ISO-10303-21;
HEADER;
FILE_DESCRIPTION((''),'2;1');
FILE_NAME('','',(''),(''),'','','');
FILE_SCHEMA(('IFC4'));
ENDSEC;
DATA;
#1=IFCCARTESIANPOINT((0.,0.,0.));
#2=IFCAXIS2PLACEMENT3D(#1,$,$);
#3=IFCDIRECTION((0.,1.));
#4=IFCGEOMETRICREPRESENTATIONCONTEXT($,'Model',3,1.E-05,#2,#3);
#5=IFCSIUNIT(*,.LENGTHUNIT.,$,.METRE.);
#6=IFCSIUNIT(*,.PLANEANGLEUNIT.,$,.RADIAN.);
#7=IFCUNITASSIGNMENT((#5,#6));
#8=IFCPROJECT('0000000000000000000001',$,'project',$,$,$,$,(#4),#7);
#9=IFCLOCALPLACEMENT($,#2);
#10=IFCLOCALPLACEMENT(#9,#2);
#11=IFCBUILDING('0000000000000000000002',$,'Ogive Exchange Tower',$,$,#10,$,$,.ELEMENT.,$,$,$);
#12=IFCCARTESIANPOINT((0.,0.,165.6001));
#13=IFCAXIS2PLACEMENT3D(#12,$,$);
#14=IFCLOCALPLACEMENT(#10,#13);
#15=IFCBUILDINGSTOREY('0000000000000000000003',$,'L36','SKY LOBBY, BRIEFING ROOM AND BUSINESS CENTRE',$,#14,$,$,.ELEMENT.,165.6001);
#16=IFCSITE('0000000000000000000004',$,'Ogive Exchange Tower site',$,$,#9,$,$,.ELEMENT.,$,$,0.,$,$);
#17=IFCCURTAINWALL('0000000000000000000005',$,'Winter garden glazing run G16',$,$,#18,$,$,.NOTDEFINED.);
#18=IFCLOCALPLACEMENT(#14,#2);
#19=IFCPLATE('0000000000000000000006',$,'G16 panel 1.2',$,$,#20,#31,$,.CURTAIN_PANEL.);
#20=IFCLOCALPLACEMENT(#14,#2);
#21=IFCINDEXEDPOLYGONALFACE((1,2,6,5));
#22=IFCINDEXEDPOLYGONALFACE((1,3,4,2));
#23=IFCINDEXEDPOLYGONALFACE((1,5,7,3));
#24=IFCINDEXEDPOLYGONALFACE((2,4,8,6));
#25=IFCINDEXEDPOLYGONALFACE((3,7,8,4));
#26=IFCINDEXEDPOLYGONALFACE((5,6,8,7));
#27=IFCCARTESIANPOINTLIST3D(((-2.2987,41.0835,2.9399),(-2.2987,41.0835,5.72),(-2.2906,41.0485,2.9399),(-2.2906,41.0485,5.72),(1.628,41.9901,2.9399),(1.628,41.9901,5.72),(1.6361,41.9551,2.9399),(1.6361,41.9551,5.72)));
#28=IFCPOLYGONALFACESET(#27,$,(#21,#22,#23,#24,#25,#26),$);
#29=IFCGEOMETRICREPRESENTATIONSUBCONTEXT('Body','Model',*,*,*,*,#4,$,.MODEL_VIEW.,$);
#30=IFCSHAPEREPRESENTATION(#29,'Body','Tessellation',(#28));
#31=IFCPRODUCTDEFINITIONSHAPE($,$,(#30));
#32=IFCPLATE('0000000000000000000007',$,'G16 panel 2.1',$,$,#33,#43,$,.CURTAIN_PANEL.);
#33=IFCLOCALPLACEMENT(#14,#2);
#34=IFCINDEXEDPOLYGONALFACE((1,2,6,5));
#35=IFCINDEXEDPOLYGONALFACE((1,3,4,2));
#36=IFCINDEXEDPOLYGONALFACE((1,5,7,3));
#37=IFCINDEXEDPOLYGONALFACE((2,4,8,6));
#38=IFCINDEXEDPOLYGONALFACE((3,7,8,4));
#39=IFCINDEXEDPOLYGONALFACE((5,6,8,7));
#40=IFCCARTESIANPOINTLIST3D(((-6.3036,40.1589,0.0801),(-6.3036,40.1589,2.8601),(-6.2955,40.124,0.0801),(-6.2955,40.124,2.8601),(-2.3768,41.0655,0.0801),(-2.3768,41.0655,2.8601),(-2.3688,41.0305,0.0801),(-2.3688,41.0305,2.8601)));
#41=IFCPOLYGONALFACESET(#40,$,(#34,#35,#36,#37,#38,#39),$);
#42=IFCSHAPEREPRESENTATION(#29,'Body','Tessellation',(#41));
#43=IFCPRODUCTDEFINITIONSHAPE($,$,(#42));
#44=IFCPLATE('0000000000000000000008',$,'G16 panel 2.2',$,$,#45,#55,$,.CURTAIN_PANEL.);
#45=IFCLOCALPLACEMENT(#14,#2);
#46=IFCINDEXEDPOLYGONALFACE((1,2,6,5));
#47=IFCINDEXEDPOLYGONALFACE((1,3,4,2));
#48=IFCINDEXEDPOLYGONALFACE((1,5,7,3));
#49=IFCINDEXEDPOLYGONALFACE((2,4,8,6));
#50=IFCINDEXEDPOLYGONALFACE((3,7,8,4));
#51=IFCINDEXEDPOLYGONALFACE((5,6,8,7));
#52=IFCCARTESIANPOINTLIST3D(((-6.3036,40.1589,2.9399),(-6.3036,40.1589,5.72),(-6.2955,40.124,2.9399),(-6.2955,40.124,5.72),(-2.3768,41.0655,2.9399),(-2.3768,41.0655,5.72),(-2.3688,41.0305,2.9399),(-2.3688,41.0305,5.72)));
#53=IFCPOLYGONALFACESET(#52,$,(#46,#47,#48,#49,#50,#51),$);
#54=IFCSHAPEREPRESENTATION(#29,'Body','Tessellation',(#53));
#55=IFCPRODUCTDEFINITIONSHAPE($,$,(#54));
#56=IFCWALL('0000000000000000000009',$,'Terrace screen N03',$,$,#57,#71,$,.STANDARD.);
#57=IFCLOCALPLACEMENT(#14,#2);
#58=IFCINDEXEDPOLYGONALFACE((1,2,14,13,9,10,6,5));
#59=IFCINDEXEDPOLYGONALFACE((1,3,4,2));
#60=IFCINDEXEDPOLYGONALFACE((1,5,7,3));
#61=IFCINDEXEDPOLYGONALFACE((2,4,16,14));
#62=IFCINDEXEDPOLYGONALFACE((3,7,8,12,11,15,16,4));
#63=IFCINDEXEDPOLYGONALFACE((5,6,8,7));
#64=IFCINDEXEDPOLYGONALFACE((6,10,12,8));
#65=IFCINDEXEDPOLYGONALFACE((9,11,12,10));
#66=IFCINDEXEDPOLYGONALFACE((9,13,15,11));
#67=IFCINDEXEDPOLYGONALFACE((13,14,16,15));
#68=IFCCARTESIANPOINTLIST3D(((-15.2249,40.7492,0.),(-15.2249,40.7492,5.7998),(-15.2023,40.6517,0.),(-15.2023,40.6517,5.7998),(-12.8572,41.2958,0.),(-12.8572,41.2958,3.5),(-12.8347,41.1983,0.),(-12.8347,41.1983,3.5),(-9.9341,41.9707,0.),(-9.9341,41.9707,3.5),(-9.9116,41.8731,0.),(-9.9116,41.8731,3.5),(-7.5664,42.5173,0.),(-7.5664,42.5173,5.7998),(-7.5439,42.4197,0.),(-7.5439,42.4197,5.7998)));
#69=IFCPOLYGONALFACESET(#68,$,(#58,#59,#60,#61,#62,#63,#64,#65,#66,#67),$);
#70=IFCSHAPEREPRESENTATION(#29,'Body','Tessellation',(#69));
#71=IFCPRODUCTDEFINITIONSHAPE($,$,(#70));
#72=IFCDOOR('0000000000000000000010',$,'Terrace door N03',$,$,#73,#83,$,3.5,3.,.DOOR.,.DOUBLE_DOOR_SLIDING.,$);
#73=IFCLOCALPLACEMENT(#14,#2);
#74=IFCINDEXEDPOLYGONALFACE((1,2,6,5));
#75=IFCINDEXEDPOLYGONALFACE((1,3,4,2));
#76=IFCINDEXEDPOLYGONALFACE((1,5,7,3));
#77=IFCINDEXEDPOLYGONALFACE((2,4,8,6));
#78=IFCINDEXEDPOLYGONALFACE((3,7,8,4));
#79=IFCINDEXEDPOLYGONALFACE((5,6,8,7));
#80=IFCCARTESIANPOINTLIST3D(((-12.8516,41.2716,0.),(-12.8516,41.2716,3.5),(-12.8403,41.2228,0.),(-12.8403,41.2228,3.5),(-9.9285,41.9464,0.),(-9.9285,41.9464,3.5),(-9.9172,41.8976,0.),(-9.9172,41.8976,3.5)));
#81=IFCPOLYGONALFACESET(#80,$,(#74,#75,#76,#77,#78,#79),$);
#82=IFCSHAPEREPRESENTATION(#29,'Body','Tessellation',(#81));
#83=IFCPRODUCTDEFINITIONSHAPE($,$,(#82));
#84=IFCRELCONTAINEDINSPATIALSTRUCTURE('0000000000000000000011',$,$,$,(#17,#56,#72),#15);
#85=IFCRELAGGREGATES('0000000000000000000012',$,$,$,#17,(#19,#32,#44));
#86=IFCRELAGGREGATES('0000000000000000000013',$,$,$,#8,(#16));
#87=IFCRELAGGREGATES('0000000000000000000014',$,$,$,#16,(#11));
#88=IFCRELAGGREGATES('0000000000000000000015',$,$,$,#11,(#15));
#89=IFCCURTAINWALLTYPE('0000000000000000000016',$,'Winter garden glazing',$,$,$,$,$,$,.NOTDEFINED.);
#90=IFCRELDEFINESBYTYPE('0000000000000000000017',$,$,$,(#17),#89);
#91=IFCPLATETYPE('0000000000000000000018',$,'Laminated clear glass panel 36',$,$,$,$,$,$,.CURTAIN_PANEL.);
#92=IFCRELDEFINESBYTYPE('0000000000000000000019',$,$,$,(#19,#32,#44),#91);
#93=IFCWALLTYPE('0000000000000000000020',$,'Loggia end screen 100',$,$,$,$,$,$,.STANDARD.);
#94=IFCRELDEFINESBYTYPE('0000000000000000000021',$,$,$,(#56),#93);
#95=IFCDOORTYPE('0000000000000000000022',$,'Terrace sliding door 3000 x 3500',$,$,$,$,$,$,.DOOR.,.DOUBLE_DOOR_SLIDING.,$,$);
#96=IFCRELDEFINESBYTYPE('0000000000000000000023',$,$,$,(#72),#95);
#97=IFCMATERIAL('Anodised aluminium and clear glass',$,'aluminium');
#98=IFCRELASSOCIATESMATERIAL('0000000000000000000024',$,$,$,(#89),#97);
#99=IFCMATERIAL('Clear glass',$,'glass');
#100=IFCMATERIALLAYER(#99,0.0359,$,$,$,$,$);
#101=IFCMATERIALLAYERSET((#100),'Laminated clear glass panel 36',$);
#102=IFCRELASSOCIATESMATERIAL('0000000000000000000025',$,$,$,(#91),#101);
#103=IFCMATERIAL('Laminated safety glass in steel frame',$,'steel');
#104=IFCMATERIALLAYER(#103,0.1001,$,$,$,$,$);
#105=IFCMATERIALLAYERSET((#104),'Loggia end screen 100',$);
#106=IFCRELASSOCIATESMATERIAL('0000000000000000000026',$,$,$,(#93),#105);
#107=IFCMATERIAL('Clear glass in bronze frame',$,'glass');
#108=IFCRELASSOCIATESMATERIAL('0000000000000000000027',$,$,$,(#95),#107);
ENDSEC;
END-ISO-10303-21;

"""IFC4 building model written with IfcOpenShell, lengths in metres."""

from ifc_helpers import new_model, si_unit, direction, frame, frame_2d, origin, origin_2d, place, context, subcontext, project, spatial, rectangle, extrude, material, layer, layer_set, type_object, element, fill, aggregate, save


model = new_model("IFC4")

# Units and contexts
model_context = context("Model", 3, precision=1e-05, world=origin(), true_north=direction((0.0, 1.0)))
body_context = subcontext(model_context, "Body", "Model", "MODEL_VIEW")
ifc_project = project(units=[si_unit("LENGTHUNIT", "METRE"), si_unit("PLANEANGLEUNIT", "RADIAN")], contexts=[model_context])

# Site, building, storey
site_placement = place(None, origin())
site = spatial("IfcSite", under=ifc_project, at=site_placement, Name="Ogive Exchange Tower site", CompositionType="ELEMENT", RefElevation=0.0)
building_placement = place(site_placement, origin())
building = spatial("IfcBuilding", under=site, at=building_placement, Name="Ogive Exchange Tower", CompositionType="ELEMENT")
storey_placement = place(building_placement, frame((0.0, 0.0, 165.6001)))
storey = spatial("IfcBuildingStorey", under=building, at=storey_placement, Name="L36", Description="SKY LOBBY, BRIEFING ROOM AND BUSINESS CENTRE", CompositionType="ELEMENT", Elevation=165.6001)

# Curtain wall
ifc_material_1 = material(Name="Anodised aluminium and clear glass", Category="aluminium")
curtain_wall_type = type_object("IfcCurtainWallType", Name="Winter garden glazing", PredefinedType="NOTDEFINED", material=ifc_material_1)
curtain_wall_1_placement = place(storey_placement, origin())
curtain_wall_1 = element("IfcCurtainWall", 1, at=curtain_wall_1_placement, inside=storey, type_object=curtain_wall_type, Name="Winter garden glazing run G16", PredefinedType="NOTDEFINED")

# Plates
ifc_material_2 = material(Name="Clear glass", Category="glass")
ifc_layer_1 = layer(ifc_material_2, 0.0359)
ifc_layer_set_1 = layer_set([ifc_layer_1], Name="Laminated clear glass panel 36")
plate_type = type_object("IfcPlateType", Name="Laminated clear glass panel 36", PredefinedType="CURTAIN_PANEL", material=ifc_layer_set_1)
plate_1_placement = place(storey_placement, frame((-0.3313, 41.5193, 2.9399), z_axis=(0.0, 0.0, 1.0), x_axis=(-0.97437, -0.224951, 0.0)))
plate_1 = element("IfcPlate", 2, at=plate_1_placement, type_object=plate_type, Name="G16 panel 1.2", PredefinedType="CURTAIN_PANEL", context=body_context, shape_type="SweptSolid", body=[
    extrude(rectangle(XDim=4.03, YDim=0.0359, at=origin_2d()), origin(), (0.0, 0.0, 1.0), 2.78),
])
plate_2_placement = place(storey_placement, frame((-4.3362, 40.5947, 0.0801), z_axis=(0.0, 0.0, 1.0), x_axis=(-0.97437, -0.224951, 0.0)))
plate_2 = element("IfcPlate", 3, at=plate_2_placement, type_object=plate_type, Name="G16 panel 2.1", PredefinedType="CURTAIN_PANEL", context=body_context, shape_type="SweptSolid", body=[
    extrude(rectangle(XDim=4.03, YDim=0.0359, at=origin_2d()), origin(), (0.0, 0.0, 1.0), 2.78),
])
plate_3_placement = place(storey_placement, frame((-4.3362, 40.5947, 2.9399), z_axis=(0.0, 0.0, 1.0), x_axis=(-0.97437, -0.224951, 0.0)))
plate_3 = element("IfcPlate", 4, at=plate_3_placement, type_object=plate_type, Name="G16 panel 2.2", PredefinedType="CURTAIN_PANEL", context=body_context, shape_type="SweptSolid", body=[
    extrude(rectangle(XDim=4.03, YDim=0.0359, at=origin_2d()), origin(), (0.0, 0.0, 1.0), 2.78),
])
aggregate(curtain_wall_1, [plate_1, plate_2, plate_3])

# Wall, opening, door
ifc_material_3 = material(Name="Laminated safety glass in steel frame", Category="steel")
ifc_layer_2 = layer(ifc_material_3, 0.1001)
ifc_layer_set_2 = layer_set([ifc_layer_2], Name="Loggia end screen 100")
wall_type = type_object("IfcWallType", Name="Loggia end screen 100", PredefinedType="STANDARD", material=ifc_layer_set_2)
wall_placement = place(storey_placement, frame((-7.5552, 42.4685, 0.0), z_axis=(0.0, 0.0, 1.0), x_axis=(-0.974371, -0.224948, 0.0)))
wall = element("IfcWall", 5, at=wall_placement, inside=storey, type_object=wall_type, Name="Terrace screen N03", PredefinedType="STANDARD", context=body_context, shape_type="SweptSolid", body=[
    extrude(rectangle(XDim=7.8599, YDim=0.1001, at=frame_2d((3.9299, 0.0))), origin(), (0.0, 0.0, 1.0), 5.7998),
])
opening_placement = place(wall_placement, frame((2.4299, 0.0, 0.0)))
opening = element("IfcOpeningElement", 6, at=opening_placement, cuts=wall, PredefinedType="OPENING", context=body_context, shape_type="SweptSolid", body=[
    extrude(rectangle(XDim=3.0, YDim=3.5, at=frame_2d((1.5, 1.75))), frame((0.0, 0.0601, 0.0), z_axis=(0.0, -1.0, 0.0), x_axis=(1.0, 0.0, 0.0)), (0.0, 0.0, 1.0), 0.1201),
])
ifc_material_4 = material(Name="Clear glass in bronze frame", Category="glass")
door_type = type_object("IfcDoorType", Name="Terrace sliding door 3000 x 3500", OperationType="DOUBLE_DOOR_SLIDING", PredefinedType="DOOR", material=ifc_material_4)
door_placement = place(opening_placement, origin())
door = element("IfcDoor", 7, at=door_placement, inside=storey, type_object=door_type, Name="Terrace door N03", OperationType="DOUBLE_DOOR_SLIDING", OverallHeight=3.5, OverallWidth=3.0, PredefinedType="DOOR", context=body_context, shape_type="SweptSolid", body=[
    extrude(rectangle(XDim=3.0, YDim=3.5, at=frame_2d((1.5, 1.75))), frame((0.0, 0.0249, 0.0), z_axis=(0.0, -1.0, 0.0), x_axis=(1.0, 0.0, 0.0)), (0.0, 0.0, 1.0), 0.05),
])
fill(opening, door)

save(model, "model.ifc")
